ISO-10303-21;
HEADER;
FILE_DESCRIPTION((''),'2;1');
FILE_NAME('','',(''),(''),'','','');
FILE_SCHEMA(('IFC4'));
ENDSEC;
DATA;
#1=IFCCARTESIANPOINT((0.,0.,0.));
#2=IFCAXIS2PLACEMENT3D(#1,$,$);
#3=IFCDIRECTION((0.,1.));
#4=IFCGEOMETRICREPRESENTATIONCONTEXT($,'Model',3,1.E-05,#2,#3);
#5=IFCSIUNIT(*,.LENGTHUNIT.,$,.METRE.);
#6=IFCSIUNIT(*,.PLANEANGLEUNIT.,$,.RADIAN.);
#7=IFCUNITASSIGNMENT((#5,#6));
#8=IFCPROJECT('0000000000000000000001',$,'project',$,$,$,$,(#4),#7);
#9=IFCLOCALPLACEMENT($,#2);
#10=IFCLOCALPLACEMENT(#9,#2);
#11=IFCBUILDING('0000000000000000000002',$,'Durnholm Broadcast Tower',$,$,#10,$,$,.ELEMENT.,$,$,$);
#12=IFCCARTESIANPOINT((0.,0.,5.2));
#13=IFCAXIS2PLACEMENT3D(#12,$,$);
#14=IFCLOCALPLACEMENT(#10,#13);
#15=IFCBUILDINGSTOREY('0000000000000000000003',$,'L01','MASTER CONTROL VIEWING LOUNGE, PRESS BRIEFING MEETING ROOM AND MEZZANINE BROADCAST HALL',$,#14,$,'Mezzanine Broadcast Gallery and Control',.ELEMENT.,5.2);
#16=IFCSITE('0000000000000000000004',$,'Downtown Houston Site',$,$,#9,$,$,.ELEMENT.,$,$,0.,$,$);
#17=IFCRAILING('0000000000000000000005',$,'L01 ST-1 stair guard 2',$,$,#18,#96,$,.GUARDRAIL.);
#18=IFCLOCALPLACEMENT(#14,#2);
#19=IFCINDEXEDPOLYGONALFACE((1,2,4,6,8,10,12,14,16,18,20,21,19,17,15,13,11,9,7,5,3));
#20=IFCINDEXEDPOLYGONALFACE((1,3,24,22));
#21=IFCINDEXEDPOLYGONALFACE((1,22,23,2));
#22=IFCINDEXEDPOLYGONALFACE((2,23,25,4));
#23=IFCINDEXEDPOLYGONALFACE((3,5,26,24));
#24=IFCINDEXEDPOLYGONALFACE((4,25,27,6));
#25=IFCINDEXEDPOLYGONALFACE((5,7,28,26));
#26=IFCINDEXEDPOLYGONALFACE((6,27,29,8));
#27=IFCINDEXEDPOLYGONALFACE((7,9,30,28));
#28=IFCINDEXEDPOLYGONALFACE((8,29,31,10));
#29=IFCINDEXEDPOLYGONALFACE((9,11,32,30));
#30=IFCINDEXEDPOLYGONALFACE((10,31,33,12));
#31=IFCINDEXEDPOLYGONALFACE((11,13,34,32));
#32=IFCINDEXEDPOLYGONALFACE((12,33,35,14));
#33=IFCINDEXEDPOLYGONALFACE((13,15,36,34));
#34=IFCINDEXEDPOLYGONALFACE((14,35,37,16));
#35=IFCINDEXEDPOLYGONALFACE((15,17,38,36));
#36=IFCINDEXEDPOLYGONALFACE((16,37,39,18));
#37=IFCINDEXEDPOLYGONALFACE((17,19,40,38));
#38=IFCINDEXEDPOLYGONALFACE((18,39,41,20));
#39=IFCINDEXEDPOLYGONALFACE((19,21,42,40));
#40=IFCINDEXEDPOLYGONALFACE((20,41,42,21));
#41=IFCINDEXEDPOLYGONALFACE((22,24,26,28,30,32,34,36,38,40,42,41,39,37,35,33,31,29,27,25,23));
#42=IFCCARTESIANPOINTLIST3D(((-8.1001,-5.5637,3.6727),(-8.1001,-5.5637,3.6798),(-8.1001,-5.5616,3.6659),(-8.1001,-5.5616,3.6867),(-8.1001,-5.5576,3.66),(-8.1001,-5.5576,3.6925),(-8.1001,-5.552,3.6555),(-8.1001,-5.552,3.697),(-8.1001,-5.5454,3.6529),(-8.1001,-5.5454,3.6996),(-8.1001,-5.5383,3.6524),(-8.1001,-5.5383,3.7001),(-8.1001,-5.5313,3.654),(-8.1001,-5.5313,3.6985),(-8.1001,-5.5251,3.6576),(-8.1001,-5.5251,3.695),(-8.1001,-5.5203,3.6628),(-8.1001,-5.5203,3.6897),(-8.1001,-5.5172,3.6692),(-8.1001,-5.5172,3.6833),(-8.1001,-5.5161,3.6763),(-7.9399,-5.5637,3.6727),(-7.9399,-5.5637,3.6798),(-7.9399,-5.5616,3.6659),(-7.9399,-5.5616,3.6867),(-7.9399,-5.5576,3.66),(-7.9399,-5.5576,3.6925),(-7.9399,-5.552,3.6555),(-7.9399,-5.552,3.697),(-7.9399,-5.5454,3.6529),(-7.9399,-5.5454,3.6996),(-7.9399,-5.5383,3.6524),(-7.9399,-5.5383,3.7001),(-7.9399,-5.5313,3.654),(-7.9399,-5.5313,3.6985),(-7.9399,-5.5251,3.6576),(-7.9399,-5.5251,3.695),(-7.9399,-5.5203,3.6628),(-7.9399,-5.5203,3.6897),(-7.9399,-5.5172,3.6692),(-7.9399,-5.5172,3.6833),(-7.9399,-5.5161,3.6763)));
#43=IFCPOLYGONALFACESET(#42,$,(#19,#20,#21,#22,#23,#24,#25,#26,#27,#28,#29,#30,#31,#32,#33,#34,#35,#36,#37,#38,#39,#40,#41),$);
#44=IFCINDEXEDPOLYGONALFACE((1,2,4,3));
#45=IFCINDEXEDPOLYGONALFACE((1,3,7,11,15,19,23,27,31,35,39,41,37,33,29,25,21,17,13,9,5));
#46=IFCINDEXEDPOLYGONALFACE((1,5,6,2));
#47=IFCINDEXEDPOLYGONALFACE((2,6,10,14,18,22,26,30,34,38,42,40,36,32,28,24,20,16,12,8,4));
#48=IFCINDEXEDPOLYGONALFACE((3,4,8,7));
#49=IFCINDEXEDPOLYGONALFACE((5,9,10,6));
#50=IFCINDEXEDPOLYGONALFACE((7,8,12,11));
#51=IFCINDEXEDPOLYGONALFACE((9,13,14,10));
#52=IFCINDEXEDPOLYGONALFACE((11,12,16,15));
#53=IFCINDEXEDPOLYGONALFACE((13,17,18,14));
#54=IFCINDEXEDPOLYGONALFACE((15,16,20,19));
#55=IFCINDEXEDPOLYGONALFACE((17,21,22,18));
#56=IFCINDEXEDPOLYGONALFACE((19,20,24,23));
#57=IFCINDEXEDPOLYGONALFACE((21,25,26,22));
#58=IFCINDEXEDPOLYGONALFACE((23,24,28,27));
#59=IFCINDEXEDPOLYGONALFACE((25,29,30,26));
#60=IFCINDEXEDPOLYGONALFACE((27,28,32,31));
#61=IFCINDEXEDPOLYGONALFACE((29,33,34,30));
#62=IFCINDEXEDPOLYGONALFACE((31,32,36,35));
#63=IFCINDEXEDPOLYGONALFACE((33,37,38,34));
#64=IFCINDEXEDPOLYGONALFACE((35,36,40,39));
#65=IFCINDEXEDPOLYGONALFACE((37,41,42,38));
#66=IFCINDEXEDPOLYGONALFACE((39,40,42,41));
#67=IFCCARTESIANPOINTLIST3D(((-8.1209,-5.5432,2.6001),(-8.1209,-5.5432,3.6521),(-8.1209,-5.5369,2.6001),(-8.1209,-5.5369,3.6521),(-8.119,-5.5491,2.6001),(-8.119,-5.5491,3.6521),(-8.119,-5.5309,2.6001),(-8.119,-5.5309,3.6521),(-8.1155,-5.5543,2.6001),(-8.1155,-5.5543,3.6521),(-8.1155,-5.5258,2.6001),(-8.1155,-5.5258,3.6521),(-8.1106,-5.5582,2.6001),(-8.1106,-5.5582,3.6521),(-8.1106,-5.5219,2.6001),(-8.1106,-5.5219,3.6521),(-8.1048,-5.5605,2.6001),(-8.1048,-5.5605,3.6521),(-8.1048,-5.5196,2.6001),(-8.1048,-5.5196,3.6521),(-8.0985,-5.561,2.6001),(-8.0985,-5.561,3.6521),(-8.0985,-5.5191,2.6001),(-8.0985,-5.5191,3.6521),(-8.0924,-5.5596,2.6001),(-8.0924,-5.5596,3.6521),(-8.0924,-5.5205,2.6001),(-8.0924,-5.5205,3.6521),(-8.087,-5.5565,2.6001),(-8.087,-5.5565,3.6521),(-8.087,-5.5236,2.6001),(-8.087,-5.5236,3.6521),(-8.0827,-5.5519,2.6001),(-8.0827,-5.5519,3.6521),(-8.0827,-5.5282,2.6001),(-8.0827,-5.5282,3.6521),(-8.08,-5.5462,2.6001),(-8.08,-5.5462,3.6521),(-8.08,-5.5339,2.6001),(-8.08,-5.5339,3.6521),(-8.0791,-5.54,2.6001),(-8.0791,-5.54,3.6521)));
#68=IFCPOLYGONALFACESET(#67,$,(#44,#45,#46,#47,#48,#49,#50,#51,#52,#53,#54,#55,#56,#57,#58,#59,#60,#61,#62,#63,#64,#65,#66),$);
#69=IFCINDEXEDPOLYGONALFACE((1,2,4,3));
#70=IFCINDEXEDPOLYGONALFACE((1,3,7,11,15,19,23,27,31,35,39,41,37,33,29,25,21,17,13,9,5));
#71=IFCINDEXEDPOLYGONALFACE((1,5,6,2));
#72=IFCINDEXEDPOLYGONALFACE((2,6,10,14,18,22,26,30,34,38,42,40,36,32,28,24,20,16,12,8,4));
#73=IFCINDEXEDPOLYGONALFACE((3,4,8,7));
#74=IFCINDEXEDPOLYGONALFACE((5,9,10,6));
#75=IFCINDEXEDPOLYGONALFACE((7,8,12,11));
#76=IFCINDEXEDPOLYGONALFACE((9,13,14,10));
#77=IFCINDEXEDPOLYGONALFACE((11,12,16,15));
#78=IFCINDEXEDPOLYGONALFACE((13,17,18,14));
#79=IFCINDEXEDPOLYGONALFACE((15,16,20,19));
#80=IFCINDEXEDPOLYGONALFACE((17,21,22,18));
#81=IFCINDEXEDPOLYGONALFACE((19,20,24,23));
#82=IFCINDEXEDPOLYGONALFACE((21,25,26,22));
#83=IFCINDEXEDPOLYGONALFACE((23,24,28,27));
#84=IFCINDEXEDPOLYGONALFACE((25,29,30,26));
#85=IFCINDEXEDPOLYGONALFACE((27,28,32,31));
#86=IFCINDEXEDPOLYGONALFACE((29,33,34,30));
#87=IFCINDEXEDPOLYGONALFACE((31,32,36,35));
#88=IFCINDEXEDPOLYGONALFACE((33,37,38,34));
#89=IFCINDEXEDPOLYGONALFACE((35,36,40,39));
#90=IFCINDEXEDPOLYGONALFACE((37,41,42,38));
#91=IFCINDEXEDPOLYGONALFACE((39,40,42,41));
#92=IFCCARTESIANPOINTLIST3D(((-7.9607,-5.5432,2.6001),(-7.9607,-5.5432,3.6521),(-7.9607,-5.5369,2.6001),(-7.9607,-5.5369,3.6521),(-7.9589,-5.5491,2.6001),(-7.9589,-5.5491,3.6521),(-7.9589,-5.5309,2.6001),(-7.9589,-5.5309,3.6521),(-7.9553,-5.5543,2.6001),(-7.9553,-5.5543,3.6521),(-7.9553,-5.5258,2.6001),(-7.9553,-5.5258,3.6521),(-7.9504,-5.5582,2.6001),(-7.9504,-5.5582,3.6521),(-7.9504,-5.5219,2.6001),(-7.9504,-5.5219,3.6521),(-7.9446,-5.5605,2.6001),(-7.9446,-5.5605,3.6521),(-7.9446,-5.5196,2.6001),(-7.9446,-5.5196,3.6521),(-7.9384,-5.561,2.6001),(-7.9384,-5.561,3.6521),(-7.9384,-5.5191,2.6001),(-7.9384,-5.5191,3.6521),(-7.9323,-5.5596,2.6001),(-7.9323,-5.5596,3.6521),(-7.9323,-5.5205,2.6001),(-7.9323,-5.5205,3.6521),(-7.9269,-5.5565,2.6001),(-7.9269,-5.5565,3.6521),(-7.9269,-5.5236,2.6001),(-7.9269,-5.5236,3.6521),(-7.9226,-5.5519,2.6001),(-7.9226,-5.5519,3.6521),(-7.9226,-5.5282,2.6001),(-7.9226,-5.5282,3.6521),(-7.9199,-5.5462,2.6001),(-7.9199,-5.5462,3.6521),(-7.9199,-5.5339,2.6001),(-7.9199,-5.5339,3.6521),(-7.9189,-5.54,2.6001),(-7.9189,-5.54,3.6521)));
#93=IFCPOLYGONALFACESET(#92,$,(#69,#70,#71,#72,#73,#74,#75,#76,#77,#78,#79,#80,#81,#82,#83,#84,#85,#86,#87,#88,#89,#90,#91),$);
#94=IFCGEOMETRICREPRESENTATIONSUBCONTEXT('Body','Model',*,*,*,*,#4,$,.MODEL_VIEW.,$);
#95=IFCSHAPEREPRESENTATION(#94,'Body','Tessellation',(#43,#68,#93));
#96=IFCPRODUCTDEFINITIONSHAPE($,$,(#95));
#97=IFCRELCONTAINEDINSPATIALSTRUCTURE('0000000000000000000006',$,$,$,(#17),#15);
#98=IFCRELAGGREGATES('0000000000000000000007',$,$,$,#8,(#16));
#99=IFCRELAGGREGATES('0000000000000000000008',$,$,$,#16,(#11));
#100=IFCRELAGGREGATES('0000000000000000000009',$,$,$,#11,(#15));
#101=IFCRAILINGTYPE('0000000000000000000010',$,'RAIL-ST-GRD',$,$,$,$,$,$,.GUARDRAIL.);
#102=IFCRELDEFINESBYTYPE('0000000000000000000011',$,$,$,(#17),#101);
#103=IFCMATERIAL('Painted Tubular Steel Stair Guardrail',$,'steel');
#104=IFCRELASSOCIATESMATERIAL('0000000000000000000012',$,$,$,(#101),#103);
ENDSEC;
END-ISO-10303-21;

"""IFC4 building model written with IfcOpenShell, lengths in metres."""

from ifc_helpers import new_model, si_unit, direction, frame, origin, origin_2d, place, context, subcontext, project, spatial, circle, extrude, material, type_object, element, save


model = new_model("IFC4")

# Units and contexts
model_context = context("Model", 3, precision=1e-05, world=origin(), true_north=direction((0.0, 1.0)))
body_context = subcontext(model_context, "Body", "Model", "MODEL_VIEW")
ifc_project = project(units=[si_unit("LENGTHUNIT", "METRE"), si_unit("PLANEANGLEUNIT", "RADIAN")], contexts=[model_context])

# Site, building, storey
site_placement = place(None, origin())
site = spatial("IfcSite", under=ifc_project, at=site_placement, Name="Downtown Houston Site", CompositionType="ELEMENT", RefElevation=0.0)
building_placement = place(site_placement, origin())
building = spatial("IfcBuilding", under=site, at=building_placement, Name="Durnholm Broadcast Tower", CompositionType="ELEMENT")
storey_placement = place(building_placement, frame((0.0, 0.0, 5.2)))
storey = spatial("IfcBuildingStorey", under=building, at=storey_placement, Name="L01", Description="MASTER CONTROL VIEWING LOUNGE, PRESS BRIEFING MEETING ROOM AND MEZZANINE BROADCAST HALL", LongName="Mezzanine Broadcast Gallery and Control", CompositionType="ELEMENT", Elevation=5.2)

# Railing
ifc_material_1 = material(Name="Painted Tubular Steel Stair Guardrail", Category="steel")
railing_type_1 = type_object("IfcRailingType", Name="RAIL-ST-GRD", PredefinedType="GUARDRAIL", material=ifc_material_1)
railing_1_placement = place(storey_placement, frame((-8.1001, -5.54, 2.6001)))
element("IfcRailing", 1, at=railing_1_placement, inside=storey, type_object=railing_type_1, Name="L01 ST-1 stair guard 2", PredefinedType="GUARDRAIL", context=body_context, shape_type="SweptSolid", body=[
    extrude(circle(Radius=0.0239, at=origin_2d()), frame((0.0, 0.0, 1.0762), z_axis=(1.0, 0.0, 0.0), x_axis=(0.0, 1.0, 0.0)), (0.0, 0.0, 1.0), 0.1602),
    extrude(circle(Radius=0.021, at=origin_2d()), origin(), (0.0, 0.0, 1.0), 1.052),
    extrude(circle(Radius=0.021, at=origin_2d()), frame((0.1602, 0.0, 0.0)), (0.0, 0.0, 1.0), 1.052),
])

save(model, "model.ifc")
